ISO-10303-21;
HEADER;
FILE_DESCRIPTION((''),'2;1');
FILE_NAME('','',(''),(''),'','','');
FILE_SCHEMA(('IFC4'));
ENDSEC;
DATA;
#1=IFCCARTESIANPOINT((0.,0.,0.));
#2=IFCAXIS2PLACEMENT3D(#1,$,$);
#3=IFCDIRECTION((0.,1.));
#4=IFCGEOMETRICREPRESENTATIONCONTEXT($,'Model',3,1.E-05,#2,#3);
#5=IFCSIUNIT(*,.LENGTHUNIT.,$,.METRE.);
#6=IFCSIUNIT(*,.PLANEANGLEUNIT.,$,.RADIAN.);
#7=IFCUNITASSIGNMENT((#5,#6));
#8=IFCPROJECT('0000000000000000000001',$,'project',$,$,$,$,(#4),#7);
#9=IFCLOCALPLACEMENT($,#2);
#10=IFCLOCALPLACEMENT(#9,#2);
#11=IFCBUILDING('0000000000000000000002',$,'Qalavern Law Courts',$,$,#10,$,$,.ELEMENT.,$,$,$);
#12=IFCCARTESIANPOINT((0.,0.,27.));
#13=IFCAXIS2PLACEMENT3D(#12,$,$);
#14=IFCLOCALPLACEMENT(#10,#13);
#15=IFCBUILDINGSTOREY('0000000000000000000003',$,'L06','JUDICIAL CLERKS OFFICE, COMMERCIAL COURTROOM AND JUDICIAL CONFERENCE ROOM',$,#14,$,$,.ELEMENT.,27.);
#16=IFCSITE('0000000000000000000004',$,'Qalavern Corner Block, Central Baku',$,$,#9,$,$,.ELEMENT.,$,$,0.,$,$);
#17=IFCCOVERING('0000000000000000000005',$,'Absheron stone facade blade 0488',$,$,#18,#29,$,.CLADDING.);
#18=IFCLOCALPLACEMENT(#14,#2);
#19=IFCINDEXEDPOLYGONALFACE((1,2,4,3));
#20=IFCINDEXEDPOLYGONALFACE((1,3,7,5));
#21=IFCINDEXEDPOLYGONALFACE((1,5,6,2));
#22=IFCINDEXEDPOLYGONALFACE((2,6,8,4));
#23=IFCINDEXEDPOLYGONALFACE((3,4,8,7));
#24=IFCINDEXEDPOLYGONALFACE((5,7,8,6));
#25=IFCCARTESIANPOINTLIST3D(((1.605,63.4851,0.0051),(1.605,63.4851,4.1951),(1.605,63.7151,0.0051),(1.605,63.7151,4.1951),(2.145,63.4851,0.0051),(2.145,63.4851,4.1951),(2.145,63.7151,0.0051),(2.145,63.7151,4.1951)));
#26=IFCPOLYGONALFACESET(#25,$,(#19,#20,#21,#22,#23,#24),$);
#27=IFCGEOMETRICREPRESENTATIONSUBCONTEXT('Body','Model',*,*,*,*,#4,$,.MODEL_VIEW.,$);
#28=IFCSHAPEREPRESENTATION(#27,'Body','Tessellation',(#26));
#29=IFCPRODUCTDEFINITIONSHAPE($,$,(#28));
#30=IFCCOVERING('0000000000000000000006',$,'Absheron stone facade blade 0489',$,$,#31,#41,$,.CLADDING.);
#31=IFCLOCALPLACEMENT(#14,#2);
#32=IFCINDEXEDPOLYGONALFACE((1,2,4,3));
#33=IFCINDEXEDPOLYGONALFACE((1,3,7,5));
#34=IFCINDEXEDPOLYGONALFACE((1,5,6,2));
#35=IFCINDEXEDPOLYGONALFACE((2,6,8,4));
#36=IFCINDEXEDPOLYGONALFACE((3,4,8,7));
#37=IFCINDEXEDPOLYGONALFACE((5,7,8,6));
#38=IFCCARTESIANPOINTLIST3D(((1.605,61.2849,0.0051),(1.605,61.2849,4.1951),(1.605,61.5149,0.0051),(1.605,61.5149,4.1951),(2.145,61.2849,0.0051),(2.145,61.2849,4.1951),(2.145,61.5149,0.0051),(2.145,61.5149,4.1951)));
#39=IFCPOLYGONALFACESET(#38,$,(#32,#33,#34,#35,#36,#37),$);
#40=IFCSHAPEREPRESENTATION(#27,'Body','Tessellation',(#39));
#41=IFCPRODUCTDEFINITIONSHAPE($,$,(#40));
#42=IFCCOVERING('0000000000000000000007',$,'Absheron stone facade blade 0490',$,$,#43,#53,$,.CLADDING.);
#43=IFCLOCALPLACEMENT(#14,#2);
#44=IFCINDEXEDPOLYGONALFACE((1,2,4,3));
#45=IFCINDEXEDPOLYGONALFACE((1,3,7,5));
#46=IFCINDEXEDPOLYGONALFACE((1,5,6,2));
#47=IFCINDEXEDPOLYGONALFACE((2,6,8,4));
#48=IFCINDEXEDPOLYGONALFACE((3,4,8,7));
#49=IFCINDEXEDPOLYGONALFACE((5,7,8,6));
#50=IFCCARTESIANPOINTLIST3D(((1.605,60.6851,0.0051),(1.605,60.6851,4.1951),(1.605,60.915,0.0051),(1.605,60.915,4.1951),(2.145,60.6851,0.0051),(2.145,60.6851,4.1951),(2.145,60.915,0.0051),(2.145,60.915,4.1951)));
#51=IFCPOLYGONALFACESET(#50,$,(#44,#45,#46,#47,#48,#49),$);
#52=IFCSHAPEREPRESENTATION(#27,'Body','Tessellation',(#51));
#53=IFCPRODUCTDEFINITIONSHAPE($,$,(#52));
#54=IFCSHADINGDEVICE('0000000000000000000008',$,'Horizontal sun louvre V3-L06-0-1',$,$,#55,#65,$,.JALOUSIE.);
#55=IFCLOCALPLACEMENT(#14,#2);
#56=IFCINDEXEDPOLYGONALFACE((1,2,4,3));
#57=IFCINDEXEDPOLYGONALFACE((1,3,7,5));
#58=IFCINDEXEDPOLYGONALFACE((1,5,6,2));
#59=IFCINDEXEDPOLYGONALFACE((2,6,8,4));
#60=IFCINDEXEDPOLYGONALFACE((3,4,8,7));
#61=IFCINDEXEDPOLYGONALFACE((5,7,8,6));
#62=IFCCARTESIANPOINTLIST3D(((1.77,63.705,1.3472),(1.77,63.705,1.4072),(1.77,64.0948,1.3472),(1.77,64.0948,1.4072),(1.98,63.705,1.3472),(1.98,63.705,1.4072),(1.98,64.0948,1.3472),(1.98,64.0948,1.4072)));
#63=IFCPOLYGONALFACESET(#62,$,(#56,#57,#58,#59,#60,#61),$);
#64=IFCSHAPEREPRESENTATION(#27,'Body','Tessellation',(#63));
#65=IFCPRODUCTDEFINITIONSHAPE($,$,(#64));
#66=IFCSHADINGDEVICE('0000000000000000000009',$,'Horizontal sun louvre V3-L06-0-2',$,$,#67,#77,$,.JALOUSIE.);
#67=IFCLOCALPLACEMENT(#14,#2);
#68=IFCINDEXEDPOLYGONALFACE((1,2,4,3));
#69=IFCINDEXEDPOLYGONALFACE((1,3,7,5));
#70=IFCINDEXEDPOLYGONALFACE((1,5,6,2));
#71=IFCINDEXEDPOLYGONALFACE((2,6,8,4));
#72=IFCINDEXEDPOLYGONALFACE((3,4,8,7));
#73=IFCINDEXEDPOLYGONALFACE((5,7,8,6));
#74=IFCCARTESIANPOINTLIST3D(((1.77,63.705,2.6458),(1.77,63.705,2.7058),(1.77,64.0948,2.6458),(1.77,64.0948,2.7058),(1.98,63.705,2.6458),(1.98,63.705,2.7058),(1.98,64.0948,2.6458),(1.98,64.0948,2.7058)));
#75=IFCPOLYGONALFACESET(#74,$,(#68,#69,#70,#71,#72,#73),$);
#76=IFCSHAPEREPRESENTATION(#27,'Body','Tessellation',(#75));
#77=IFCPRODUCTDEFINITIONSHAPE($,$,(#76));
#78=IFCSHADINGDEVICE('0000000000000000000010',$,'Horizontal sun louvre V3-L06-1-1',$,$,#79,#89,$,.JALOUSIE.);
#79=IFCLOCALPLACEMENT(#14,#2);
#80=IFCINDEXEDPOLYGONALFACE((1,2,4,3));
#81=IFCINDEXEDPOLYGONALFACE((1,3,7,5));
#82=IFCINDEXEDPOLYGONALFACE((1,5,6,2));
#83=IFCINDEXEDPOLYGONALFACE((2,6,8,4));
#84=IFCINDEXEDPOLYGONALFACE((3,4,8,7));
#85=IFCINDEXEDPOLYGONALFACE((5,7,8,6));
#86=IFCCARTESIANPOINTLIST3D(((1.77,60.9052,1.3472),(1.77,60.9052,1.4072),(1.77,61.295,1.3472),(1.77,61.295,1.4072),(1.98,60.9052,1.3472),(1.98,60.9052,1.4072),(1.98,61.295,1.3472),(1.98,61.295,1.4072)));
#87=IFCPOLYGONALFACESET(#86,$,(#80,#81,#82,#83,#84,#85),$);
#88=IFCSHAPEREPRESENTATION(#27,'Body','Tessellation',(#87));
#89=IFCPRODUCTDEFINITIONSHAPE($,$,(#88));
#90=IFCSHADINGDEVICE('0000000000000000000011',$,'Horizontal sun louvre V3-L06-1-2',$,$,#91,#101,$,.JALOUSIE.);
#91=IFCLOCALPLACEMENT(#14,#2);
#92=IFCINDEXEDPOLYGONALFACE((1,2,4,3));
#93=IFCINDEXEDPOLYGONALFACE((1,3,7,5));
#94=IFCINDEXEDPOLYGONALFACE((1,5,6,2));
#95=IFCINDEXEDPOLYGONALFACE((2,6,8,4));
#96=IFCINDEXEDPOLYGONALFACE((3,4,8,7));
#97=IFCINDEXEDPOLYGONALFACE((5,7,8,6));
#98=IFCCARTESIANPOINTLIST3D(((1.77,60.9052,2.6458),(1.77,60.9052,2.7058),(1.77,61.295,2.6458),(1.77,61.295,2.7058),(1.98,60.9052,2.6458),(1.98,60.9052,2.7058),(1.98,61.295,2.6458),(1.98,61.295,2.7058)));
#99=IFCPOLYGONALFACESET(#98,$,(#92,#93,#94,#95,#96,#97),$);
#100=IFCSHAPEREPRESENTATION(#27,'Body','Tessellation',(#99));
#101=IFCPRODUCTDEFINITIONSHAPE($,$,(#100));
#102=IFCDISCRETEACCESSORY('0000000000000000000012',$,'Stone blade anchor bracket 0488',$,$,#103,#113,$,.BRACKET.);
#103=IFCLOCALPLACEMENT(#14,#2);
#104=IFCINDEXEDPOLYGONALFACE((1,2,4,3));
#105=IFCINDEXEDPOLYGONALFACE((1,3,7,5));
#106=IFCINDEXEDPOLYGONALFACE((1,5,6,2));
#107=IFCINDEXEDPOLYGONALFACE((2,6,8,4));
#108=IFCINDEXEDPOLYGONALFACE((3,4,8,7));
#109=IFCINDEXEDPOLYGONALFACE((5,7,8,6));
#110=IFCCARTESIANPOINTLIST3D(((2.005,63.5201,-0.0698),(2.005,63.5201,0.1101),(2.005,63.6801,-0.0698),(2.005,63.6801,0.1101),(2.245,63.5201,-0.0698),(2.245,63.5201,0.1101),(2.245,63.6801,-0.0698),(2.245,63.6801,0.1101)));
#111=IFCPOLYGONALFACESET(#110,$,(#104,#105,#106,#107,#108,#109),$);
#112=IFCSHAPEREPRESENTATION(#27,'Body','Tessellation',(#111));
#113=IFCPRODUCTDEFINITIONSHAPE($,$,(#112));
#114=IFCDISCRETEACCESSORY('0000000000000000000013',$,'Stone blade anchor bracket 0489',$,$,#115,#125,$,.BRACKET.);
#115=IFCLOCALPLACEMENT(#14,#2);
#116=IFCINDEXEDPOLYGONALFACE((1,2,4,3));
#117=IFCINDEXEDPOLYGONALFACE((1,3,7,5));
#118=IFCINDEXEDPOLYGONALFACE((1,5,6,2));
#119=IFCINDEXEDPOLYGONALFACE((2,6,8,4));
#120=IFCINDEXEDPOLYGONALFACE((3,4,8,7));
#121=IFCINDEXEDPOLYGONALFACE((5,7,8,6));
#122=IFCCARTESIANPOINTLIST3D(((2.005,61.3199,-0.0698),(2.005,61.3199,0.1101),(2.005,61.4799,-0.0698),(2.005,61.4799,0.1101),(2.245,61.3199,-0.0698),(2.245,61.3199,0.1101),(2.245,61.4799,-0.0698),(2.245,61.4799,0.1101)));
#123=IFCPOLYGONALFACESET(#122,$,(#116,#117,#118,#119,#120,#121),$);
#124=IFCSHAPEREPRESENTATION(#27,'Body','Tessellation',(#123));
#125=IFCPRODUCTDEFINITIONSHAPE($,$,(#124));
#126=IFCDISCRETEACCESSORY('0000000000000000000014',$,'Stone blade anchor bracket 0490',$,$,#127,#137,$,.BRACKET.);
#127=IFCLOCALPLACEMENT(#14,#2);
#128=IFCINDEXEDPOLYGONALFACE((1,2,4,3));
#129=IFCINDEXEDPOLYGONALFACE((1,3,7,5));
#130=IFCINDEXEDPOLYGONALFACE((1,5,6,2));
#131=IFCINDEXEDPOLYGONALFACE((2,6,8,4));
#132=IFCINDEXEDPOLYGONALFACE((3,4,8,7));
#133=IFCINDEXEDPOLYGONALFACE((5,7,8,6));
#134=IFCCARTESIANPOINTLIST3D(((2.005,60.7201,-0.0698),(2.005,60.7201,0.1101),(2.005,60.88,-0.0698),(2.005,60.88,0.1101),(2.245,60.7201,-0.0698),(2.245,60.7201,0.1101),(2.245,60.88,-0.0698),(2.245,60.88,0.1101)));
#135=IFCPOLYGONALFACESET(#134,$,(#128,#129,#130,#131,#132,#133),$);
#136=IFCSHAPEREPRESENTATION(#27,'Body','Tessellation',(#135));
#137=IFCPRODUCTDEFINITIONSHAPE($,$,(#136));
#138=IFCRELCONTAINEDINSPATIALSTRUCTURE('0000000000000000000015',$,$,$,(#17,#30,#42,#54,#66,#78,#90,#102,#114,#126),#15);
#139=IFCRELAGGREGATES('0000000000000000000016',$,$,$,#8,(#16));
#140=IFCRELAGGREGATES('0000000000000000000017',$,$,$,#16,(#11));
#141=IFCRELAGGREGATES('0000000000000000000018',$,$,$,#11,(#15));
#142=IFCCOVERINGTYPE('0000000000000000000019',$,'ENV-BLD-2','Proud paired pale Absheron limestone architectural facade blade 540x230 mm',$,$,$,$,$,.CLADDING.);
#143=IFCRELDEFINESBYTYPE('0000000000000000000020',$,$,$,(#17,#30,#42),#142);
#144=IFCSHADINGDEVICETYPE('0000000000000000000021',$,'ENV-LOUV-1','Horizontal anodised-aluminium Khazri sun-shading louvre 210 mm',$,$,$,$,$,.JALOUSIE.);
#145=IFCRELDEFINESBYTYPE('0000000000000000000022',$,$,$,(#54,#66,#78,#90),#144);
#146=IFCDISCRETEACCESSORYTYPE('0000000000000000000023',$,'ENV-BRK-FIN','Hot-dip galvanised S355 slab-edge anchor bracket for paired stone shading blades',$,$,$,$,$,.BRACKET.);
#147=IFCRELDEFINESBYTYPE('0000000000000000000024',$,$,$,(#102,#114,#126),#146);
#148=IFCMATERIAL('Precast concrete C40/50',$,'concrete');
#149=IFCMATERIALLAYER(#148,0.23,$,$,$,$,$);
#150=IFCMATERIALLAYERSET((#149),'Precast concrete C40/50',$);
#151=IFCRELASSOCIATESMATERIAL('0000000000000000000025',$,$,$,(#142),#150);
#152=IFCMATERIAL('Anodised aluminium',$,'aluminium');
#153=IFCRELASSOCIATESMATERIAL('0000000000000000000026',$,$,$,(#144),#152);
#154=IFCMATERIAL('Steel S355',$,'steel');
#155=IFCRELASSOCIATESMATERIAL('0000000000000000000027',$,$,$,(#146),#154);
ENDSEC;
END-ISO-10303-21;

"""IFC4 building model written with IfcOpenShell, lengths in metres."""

from ifc_helpers import new_model, si_unit, direction, frame, origin, origin_2d, place, context, subcontext, project, spatial, rectangle, extrude, material, layer, layer_set, type_object, element, save


model = new_model("IFC4")

# Units and contexts
model_context = context("Model", 3, precision=1e-05, world=origin(), true_north=direction((0.0, 1.0)))
body_context = subcontext(model_context, "Body", "Model", "MODEL_VIEW")
ifc_project = project(units=[si_unit("LENGTHUNIT", "METRE"), si_unit("PLANEANGLEUNIT", "RADIAN")], contexts=[model_context])

# Site, building, storey
site_placement = place(None, origin())
site = spatial("IfcSite", under=ifc_project, at=site_placement, Name="Qalavern Corner Block, Central Baku", CompositionType="ELEMENT", RefElevation=0.0)
building_placement = place(site_placement, origin())
building = spatial("IfcBuilding", under=site, at=building_placement, Name="Qalavern Law Courts", CompositionType="ELEMENT")
storey_placement = place(building_placement, frame((0.0, 0.0, 27.0)))
storey = spatial("IfcBuildingStorey", under=building, at=storey_placement, Name="L06", Description="JUDICIAL CLERKS OFFICE, COMMERCIAL COURTROOM AND JUDICIAL CONFERENCE ROOM", CompositionType="ELEMENT", Elevation=27.0)

# Shared definitions
ifc_material_1 = material(Name="Anodised aluminium", Category="aluminium")

# Coverings
ifc_material_2 = material(Name="Precast concrete C40/50", Category="concrete")
ifc_layer_1 = layer(ifc_material_2, 0.23)
ifc_layer_set_1 = layer_set([ifc_layer_1], Name="Precast concrete C40/50")
covering_type = type_object("IfcCoveringType", Name="ENV-BLD-2", Description="Proud paired pale Absheron limestone architectural facade blade 540x230 mm", PredefinedType="CLADDING", material=ifc_layer_set_1)
for number, where, z_axis, x_axis, name in (
    (1, (1.875, 63.6001, 0.0051), (0.0, 0.0, 1.0), (-1.0, 0.0, 0.0), "Absheron stone facade blade 0488"),
    (2, (1.875, 61.3999, 0.0051), (0.0, 0.0, 1.0), (-1.0, 0.0, 0.0), "Absheron stone facade blade 0489"),
    (3, (1.875, 60.8, 0.0051), (0.0, 0.0, 1.0), (-1.0, 0.0, 0.0), "Absheron stone facade blade 0490"),
):
    element("IfcCovering", number, at=place(storey_placement, frame(where, z_axis=z_axis, x_axis=x_axis)), inside=storey, type_object=covering_type, Name=name, PredefinedType="CLADDING", context=body_context, shape_type="SweptSolid", body=[
        extrude(rectangle(XDim=0.54, YDim=0.23, at=origin_2d()), origin(), (0.0, 0.0, 1.0), 4.1899),
    ])

# Shading devices
shading_device_type = type_object("IfcShadingDeviceType", Name="ENV-LOUV-1", Description="Horizontal anodised-aluminium Khazri sun-shading louvre 210 mm", PredefinedType="JALOUSIE", material=ifc_material_1)
for number, where, z_axis, x_axis, name in (
    (4, (1.875, 63.8999, 1.3472), (0.0, 0.0, 1.0), (0.0, -1.0, 0.0), "Horizontal sun louvre V3-L06-0-1"),
    (5, (1.875, 63.8999, 2.6458), (0.0, 0.0, 1.0), (0.0, -1.0, 0.0), "Horizontal sun louvre V3-L06-0-2"),
    (6, (1.875, 61.1001, 1.3472), (0.0, 0.0, 1.0), (0.0, -1.0, 0.0), "Horizontal sun louvre V3-L06-1-1"),
    (7, (1.875, 61.1001, 2.6458), (0.0, 0.0, 1.0), (0.0, -1.0, 0.0), "Horizontal sun louvre V3-L06-1-2"),
):
    element("IfcShadingDevice", number, at=place(storey_placement, frame(where, z_axis=z_axis, x_axis=x_axis)), inside=storey, type_object=shading_device_type, Name=name, PredefinedType="JALOUSIE", context=body_context, shape_type="SweptSolid", body=[
        extrude(rectangle(XDim=0.3899, YDim=0.21, at=origin_2d()), origin(), (0.0, 0.0, 1.0), 0.0601),
    ])

# Discrete accessories
ifc_material_3 = material(Name="Steel S355", Category="steel")
discrete_accessory_type = type_object("IfcDiscreteAccessoryType", Name="ENV-BRK-FIN", Description="Hot-dip galvanised S355 slab-edge anchor bracket for paired stone shading blades", PredefinedType="BRACKET", material=ifc_material_3)
for number, where, z_axis, x_axis, name in (
    (8, (2.125, 63.6001, -0.0698), (0.0, 0.0, 1.0), (-1.0, 0.0, 0.0), "Stone blade anchor bracket 0488"),
    (9, (2.125, 61.3999, -0.0698), (0.0, 0.0, 1.0), (-1.0, 0.0, 0.0), "Stone blade anchor bracket 0489"),
    (10, (2.125, 60.8, -0.0698), (0.0, 0.0, 1.0), (-1.0, 0.0, 0.0), "Stone blade anchor bracket 0490"),
):
    element("IfcDiscreteAccessory", number, at=place(storey_placement, frame(where, z_axis=z_axis, x_axis=x_axis)), inside=storey, type_object=discrete_accessory_type, Name=name, PredefinedType="BRACKET", context=body_context, shape_type="SweptSolid", body=[
        extrude(rectangle(XDim=0.24, YDim=0.1599, at=origin_2d()), origin(), (0.0, 0.0, 1.0), 0.1799),
    ])

save(model, "model.ifc")
